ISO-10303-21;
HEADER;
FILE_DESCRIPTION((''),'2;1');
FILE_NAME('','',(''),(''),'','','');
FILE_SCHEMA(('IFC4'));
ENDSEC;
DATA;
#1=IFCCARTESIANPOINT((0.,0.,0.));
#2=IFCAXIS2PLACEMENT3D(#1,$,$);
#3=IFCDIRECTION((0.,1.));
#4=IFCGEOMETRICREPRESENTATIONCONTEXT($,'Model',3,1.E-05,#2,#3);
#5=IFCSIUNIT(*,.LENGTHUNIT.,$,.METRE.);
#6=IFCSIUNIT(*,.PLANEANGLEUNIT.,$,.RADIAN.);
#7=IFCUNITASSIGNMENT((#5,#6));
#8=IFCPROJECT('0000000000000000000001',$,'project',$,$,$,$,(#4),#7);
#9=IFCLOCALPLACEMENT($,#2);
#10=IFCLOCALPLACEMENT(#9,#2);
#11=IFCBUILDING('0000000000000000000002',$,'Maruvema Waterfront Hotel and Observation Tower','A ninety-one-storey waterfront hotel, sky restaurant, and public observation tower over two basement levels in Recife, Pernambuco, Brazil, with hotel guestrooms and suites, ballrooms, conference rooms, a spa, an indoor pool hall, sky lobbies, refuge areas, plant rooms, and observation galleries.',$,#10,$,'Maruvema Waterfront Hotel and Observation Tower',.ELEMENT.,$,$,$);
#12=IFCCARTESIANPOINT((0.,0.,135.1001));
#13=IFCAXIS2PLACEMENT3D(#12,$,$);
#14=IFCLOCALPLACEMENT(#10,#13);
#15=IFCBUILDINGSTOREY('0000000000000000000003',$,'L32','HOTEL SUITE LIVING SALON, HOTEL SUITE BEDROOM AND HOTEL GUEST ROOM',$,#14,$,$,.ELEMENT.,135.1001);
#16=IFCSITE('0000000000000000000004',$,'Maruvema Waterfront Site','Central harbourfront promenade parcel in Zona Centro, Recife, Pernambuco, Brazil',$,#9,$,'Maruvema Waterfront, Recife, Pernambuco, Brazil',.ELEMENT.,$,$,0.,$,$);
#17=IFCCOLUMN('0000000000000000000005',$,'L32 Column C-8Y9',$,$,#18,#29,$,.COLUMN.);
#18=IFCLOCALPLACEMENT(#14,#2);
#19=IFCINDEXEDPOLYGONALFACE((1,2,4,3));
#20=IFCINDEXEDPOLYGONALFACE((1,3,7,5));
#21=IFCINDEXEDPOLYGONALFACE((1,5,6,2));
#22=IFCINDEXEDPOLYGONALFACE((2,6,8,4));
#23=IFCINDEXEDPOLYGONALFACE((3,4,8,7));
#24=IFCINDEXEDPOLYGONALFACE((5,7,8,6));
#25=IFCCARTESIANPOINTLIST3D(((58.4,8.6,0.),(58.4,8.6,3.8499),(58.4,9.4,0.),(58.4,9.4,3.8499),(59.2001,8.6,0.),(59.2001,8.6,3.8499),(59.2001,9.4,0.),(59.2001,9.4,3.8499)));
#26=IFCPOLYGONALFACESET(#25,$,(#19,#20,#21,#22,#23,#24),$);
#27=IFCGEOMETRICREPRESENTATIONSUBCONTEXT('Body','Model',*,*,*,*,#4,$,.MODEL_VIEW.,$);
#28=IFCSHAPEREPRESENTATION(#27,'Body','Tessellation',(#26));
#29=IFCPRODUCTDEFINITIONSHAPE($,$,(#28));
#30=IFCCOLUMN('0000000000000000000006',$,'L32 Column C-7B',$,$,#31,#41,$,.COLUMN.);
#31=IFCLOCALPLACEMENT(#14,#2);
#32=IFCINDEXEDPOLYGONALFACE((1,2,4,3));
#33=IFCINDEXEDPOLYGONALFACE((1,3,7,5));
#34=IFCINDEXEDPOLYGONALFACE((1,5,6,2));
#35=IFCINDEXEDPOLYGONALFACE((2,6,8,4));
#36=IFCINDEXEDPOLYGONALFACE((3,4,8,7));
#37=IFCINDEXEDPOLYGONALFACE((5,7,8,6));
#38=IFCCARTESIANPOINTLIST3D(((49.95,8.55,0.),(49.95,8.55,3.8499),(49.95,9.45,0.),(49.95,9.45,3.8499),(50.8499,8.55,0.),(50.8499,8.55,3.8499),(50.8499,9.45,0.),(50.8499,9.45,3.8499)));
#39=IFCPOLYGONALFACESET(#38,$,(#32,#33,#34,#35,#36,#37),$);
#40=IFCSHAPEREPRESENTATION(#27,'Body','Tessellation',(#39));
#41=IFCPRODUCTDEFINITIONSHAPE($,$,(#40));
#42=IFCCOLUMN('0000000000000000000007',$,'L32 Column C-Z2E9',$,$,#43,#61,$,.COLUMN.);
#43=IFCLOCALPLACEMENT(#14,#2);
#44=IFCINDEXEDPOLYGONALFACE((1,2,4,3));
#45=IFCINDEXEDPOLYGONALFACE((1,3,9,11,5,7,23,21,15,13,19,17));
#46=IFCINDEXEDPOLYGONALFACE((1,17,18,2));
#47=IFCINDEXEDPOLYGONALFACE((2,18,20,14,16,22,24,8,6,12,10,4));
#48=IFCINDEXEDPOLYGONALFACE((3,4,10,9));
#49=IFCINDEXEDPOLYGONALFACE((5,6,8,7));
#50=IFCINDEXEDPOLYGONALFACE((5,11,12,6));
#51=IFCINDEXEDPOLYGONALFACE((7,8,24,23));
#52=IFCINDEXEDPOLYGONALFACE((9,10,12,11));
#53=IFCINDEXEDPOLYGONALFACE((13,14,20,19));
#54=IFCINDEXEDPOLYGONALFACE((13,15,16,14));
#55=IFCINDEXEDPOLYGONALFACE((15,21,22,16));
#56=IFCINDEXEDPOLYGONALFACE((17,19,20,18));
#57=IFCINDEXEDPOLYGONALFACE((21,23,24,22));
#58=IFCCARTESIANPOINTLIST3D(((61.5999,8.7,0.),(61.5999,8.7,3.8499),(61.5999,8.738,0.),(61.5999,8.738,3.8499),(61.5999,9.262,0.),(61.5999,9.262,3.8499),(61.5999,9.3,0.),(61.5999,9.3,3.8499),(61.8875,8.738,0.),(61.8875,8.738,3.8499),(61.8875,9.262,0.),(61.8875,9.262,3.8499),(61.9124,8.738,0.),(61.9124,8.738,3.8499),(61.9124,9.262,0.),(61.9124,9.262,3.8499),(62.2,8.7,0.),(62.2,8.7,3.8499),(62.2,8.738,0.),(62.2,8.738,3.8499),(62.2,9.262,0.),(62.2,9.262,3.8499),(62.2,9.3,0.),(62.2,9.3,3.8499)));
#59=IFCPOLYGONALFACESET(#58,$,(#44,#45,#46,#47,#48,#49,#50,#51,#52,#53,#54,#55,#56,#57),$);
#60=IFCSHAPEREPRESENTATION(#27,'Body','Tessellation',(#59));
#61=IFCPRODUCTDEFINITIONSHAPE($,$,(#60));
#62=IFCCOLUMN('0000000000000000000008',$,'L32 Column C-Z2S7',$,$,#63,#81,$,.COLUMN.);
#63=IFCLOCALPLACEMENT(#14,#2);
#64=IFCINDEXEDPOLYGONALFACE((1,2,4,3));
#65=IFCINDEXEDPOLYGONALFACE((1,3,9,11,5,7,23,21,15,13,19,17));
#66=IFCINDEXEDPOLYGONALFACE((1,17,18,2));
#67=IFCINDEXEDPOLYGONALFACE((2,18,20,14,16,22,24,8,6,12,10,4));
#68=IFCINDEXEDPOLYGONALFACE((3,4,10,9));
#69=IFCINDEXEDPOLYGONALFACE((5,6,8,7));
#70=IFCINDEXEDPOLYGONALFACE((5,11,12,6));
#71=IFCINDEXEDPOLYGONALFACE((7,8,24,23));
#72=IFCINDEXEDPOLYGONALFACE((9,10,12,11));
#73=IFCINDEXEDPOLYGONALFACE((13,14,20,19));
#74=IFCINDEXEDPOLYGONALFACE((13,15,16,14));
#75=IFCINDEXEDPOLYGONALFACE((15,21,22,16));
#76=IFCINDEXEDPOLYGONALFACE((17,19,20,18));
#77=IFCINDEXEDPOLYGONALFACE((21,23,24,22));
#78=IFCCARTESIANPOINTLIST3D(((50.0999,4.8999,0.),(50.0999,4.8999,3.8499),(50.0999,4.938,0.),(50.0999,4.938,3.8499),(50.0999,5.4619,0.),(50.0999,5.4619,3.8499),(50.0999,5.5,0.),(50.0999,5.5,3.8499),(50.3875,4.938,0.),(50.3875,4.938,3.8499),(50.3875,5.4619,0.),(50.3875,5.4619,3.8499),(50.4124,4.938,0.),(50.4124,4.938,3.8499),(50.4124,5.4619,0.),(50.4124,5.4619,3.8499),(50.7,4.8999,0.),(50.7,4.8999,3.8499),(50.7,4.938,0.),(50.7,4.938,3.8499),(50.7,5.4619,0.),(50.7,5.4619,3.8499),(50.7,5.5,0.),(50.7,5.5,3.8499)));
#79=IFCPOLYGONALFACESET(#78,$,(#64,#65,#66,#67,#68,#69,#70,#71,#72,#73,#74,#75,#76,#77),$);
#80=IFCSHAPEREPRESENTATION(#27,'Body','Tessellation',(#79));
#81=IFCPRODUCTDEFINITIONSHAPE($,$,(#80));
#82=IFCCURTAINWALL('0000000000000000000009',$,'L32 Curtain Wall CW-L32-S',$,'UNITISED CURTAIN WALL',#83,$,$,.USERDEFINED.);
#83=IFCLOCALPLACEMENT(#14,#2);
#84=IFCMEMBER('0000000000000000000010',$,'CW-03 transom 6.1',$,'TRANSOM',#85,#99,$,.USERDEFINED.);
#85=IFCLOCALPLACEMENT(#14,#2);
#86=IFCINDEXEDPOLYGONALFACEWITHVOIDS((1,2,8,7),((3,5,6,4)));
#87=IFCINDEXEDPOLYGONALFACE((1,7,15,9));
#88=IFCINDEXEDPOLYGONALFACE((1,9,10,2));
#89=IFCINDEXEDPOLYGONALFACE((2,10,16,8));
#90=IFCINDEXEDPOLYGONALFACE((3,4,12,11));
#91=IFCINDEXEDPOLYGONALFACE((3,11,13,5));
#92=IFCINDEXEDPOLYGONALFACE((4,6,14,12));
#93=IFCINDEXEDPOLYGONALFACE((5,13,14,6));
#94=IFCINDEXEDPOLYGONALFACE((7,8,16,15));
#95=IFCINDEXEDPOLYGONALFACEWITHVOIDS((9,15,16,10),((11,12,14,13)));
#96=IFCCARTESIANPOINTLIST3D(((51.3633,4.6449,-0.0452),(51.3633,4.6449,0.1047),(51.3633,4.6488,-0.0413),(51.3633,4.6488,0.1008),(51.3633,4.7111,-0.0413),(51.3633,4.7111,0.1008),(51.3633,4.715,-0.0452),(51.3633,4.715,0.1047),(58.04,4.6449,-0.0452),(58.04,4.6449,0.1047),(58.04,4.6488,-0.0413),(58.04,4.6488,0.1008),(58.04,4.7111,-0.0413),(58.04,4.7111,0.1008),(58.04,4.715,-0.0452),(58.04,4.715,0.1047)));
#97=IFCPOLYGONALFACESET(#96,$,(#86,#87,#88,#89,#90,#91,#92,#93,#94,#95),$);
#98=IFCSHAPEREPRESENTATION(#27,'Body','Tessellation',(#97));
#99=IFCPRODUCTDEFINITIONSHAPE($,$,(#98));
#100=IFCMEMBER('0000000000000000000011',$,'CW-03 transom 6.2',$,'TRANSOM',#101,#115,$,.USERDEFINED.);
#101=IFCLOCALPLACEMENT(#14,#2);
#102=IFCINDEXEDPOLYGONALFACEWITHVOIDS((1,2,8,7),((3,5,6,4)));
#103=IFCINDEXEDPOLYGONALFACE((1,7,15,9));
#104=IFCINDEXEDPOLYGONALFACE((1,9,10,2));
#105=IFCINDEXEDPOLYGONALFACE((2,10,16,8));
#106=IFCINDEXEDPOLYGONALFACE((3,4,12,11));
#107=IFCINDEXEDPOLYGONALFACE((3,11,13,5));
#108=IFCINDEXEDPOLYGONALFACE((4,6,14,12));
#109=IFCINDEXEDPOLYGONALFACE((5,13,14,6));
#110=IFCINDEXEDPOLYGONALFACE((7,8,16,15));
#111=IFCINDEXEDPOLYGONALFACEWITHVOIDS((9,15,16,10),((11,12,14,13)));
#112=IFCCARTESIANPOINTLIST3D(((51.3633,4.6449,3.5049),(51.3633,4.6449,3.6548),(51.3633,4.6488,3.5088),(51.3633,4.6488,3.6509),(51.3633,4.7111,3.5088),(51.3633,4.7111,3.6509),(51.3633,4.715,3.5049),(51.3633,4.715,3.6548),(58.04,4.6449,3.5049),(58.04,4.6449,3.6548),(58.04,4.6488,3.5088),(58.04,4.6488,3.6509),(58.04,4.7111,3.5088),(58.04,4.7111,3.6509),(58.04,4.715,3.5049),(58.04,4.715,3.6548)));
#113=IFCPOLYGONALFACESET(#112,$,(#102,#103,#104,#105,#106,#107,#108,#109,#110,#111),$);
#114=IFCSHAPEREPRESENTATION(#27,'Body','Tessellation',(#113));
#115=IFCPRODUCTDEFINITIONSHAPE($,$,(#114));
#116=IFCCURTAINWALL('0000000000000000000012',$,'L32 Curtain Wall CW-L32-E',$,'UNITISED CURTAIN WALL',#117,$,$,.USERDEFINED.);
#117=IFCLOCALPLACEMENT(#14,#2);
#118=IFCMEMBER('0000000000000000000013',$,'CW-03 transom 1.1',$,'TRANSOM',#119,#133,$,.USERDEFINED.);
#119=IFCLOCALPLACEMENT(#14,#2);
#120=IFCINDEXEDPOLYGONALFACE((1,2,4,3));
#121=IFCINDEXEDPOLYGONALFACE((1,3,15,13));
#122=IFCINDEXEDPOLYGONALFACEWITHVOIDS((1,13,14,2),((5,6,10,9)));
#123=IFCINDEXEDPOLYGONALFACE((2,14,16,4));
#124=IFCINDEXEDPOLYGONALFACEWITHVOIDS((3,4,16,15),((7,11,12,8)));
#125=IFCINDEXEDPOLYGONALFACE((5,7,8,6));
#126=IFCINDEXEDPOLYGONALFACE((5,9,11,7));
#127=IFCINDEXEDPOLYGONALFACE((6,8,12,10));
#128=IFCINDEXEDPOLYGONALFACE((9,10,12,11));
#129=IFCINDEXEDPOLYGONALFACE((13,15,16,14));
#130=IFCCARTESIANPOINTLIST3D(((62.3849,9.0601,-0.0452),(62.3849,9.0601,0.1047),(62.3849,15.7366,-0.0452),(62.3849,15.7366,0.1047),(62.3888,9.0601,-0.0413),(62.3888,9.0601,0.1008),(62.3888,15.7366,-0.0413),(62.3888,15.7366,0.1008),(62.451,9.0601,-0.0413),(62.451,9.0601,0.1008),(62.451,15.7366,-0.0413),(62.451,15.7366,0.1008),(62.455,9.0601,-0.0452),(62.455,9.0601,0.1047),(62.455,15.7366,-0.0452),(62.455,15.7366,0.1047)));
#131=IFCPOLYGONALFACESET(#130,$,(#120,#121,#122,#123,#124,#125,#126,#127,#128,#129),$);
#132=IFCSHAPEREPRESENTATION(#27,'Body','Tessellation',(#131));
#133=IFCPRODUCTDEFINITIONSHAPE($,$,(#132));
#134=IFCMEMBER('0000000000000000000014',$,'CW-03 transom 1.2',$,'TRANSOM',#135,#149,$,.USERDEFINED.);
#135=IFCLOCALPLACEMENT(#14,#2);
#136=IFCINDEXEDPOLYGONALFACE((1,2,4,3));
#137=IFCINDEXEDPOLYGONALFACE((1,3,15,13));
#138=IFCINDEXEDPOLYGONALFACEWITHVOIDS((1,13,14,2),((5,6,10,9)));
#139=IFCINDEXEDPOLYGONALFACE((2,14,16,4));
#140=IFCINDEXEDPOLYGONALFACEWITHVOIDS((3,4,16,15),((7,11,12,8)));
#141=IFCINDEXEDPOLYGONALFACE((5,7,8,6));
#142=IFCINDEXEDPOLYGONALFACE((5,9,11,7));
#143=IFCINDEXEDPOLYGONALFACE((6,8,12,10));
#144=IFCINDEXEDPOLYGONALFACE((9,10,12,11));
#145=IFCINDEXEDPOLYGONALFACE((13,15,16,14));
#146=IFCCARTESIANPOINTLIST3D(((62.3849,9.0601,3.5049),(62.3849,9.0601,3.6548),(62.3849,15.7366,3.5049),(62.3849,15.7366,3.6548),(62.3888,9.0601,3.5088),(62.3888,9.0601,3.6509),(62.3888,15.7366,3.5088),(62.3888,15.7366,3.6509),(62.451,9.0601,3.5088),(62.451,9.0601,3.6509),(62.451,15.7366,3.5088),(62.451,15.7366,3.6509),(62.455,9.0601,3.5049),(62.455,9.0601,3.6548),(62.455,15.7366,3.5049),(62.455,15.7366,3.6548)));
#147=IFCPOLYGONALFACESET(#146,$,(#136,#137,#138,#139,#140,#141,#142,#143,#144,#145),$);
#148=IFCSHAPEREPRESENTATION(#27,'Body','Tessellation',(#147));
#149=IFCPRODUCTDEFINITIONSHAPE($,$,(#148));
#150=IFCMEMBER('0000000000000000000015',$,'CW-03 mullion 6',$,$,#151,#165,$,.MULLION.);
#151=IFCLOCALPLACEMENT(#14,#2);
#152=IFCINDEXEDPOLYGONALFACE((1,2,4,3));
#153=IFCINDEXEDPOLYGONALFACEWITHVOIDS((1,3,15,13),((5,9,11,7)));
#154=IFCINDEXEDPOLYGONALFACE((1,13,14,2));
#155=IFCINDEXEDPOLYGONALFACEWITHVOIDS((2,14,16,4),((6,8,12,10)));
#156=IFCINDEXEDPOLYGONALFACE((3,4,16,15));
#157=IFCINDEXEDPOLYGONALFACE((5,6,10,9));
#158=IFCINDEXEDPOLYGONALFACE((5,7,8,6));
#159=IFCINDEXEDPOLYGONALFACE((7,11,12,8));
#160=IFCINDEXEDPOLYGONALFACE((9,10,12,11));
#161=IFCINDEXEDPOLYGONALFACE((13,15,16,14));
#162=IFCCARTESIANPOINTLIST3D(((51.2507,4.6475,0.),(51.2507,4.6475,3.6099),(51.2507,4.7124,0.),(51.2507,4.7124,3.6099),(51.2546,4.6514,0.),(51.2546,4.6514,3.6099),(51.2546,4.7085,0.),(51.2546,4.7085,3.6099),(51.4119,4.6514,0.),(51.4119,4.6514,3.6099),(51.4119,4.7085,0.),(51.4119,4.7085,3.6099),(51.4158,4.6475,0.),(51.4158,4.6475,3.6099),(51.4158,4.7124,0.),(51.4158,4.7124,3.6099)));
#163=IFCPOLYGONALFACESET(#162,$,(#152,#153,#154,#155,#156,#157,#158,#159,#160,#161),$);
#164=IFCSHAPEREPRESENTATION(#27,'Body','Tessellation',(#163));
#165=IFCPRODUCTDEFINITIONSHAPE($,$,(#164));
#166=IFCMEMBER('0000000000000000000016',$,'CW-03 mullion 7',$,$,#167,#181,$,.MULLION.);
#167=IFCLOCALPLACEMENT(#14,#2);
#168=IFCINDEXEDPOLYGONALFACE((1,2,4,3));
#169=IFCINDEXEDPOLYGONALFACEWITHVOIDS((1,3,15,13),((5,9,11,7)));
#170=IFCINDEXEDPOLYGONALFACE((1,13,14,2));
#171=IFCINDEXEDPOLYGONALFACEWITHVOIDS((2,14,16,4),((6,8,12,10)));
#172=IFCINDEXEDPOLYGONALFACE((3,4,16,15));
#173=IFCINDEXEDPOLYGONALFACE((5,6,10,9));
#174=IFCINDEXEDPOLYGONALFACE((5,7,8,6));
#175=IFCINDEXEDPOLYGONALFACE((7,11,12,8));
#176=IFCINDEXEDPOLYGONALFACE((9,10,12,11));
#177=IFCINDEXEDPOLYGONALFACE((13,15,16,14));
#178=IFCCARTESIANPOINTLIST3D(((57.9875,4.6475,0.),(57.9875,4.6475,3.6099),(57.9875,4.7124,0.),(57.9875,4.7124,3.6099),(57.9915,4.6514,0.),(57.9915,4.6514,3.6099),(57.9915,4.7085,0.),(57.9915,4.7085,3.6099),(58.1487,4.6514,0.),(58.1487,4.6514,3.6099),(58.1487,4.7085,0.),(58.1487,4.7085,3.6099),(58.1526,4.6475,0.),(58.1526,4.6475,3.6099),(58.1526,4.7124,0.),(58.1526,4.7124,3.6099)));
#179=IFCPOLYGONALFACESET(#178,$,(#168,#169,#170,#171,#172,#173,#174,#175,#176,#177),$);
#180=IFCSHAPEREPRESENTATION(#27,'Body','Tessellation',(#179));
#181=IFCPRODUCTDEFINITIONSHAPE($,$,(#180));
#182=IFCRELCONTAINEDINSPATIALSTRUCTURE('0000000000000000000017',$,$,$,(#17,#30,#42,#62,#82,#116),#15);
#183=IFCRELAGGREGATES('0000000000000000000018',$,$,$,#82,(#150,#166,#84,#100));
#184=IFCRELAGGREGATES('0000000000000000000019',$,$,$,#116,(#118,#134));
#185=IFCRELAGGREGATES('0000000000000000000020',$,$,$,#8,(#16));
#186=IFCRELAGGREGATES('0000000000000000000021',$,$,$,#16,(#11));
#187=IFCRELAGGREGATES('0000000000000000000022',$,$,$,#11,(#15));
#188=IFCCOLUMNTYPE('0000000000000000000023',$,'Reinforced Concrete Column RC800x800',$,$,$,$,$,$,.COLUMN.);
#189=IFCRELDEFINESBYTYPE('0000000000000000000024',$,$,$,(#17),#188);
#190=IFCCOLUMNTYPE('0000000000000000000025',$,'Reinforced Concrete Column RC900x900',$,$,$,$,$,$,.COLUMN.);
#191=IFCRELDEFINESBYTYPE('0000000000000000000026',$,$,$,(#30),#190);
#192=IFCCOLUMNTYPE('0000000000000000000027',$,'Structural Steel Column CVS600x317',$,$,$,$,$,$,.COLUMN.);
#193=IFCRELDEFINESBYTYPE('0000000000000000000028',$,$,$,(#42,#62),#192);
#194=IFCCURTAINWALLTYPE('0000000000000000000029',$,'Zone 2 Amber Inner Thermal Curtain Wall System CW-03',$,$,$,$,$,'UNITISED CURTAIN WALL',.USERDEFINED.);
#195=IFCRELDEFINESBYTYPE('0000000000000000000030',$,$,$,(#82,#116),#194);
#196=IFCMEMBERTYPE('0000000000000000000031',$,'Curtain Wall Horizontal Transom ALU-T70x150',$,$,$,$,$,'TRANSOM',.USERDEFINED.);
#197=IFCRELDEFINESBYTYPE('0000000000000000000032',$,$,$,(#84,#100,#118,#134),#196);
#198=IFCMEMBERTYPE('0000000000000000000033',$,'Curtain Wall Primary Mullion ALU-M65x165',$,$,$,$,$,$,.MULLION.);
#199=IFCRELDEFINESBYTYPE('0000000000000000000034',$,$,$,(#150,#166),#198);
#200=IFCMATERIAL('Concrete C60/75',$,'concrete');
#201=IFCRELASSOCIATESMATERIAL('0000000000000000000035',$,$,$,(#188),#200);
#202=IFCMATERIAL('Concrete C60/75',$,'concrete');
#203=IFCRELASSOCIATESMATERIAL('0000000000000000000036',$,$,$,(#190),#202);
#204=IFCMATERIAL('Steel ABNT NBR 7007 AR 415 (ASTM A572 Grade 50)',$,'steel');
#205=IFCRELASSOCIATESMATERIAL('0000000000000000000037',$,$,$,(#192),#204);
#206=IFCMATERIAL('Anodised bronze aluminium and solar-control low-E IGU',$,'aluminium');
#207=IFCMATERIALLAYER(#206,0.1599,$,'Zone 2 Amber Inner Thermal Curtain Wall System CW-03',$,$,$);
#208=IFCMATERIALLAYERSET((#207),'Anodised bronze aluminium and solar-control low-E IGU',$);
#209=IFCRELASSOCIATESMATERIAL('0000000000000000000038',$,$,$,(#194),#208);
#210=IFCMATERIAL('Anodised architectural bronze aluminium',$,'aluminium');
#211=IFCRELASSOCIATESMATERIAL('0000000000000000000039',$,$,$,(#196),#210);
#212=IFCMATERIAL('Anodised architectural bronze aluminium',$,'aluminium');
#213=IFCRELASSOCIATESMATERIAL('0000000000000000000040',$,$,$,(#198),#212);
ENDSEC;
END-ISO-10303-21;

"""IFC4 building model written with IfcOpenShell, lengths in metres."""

from ifc_helpers import new_model, si_unit, direction, frame, origin, origin_2d, place, context, subcontext, project, spatial, rectangle, hollow_rectangle, i_section, extrude, material, layer, layer_set, material_profile, profile_set, type_object, element, aggregate, save


model = new_model("IFC4")

# Units and contexts
model_context = context("Model", 3, precision=1e-05, world=origin(), true_north=direction((0.0, 1.0)))
body_context = subcontext(model_context, "Body", "Model", "MODEL_VIEW")
ifc_project = project(units=[si_unit("LENGTHUNIT", "METRE"), si_unit("PLANEANGLEUNIT", "RADIAN")], contexts=[model_context])

# Site, building, storey
site_placement = place(None, origin())
site = spatial("IfcSite", under=ifc_project, at=site_placement, Name="Maruvema Waterfront Site", Description="Central harbourfront promenade parcel in Zona Centro, Recife, Pernambuco, Brazil", LongName="Maruvema Waterfront, Recife, Pernambuco, Brazil", CompositionType="ELEMENT", RefElevation=0.0)
building_placement = place(site_placement, origin())
building = spatial("IfcBuilding", under=site, at=building_placement, Name="Maruvema Waterfront Hotel and Observation Tower", Description="A ninety-one-storey waterfront hotel, sky restaurant, and public observation tower over two basement levels in Recife, Pernambuco, Brazil, with hotel guestrooms and suites, ballrooms, conference rooms, a spa, an indoor pool hall, sky lobbies, refuge areas, plant rooms, and observation galleries.", LongName="Maruvema Waterfront Hotel and Observation Tower", CompositionType="ELEMENT")
storey_placement = place(building_placement, frame((0.0, 0.0, 135.1001)))
storey = spatial("IfcBuildingStorey", under=building, at=storey_placement, Name="L32", Description="HOTEL SUITE LIVING SALON, HOTEL SUITE BEDROOM AND HOTEL GUEST ROOM", CompositionType="ELEMENT", Elevation=135.1001)

# Columns
ifc_material_1 = material(Name="Concrete C60/75", Category="concrete")
ifc_material_profile_1 = material_profile(ifc_material_1, rectangle(XDim=0.8, YDim=0.8, at=origin_2d()), Name="RC800x800")
ifc_profile_set_1 = profile_set([ifc_material_profile_1], Name="Concrete C60/75")
column_type_1 = type_object("IfcColumnType", Name="Reinforced Concrete Column RC800x800", PredefinedType="COLUMN", material=ifc_profile_set_1)
column_1_placement = place(storey_placement, frame((58.8, 9.0, 0.0), z_axis=(0.0, 0.0, 1.0), x_axis=(1.0, 0.0, 0.0)))
element("IfcColumn", 1, at=column_1_placement, inside=storey, type_object=column_type_1, Name="L32 Column C-8Y9", PredefinedType="COLUMN", context=body_context, shape_type="SweptSolid", body=[
    extrude(rectangle(XDim=0.8, YDim=0.8, at=origin_2d()), origin(), (0.0, 0.0, 1.0), 3.8499),
])
ifc_material_2 = material(Name="Concrete C60/75", Category="concrete")
ifc_material_profile_2 = material_profile(ifc_material_2, rectangle(XDim=0.8999, YDim=0.8999, at=origin_2d()), Name="RC900x900")
ifc_profile_set_2 = profile_set([ifc_material_profile_2], Name="Concrete C60/75")
column_type_2 = type_object("IfcColumnType", Name="Reinforced Concrete Column RC900x900", PredefinedType="COLUMN", material=ifc_profile_set_2)
column_2_placement = place(storey_placement, frame((50.3999, 9.0, 0.0), z_axis=(0.0, 0.0, 1.0), x_axis=(1.0, 0.0, 0.0)))
element("IfcColumn", 2, at=column_2_placement, inside=storey, type_object=column_type_2, Name="L32 Column C-7B", PredefinedType="COLUMN", context=body_context, shape_type="SweptSolid", body=[
    extrude(rectangle(XDim=0.8999, YDim=0.8999, at=origin_2d()), origin(), (0.0, 0.0, 1.0), 3.8499),
])
ifc_material_3 = material(Name="Steel ABNT NBR 7007 AR 415 (ASTM A572 Grade 50)", Category="steel")
ifc_material_profile_3 = material_profile(ifc_material_3, i_section(OverallWidth=0.6001, OverallDepth=0.6001, WebThickness=0.0249, FlangeThickness=0.0381, at=origin_2d()), Name="CVS600x317")
ifc_profile_set_3 = profile_set([ifc_material_profile_3], Name="Steel ABNT NBR 7007 AR 415 (ASTM A572 Grade 50)")
column_type_3 = type_object("IfcColumnType", Name="Structural Steel Column CVS600x317", PredefinedType="COLUMN", material=ifc_profile_set_3)
for number, where, z_axis, x_axis, name in (
    (3, (61.8999, 9.0, 0.0), (0.0, 0.0, 1.0), (1.0, 0.0, 0.0), "L32 Column C-Z2E9"),
    (4, (50.3999, 5.2, 0.0), (0.0, 0.0, 1.0), (1.0, 0.0, 0.0), "L32 Column C-Z2S7"),
):
    element("IfcColumn", number, at=place(storey_placement, frame(where, z_axis=z_axis, x_axis=x_axis)), inside=storey, type_object=column_type_3, Name=name, PredefinedType="COLUMN", context=body_context, shape_type="SweptSolid", body=[
        extrude(i_section(OverallWidth=0.6001, OverallDepth=0.6001, WebThickness=0.0249, FlangeThickness=0.0381, at=origin_2d()), origin(), (0.0, 0.0, 1.0), 3.8499),
    ])

# Curtain walls, members
ifc_material_4 = material(Name="Anodised bronze aluminium and solar-control low-E IGU", Category="aluminium")
ifc_layer_1 = layer(ifc_material_4, 0.1599, Name="Zone 2 Amber Inner Thermal Curtain Wall System CW-03")
ifc_layer_set_1 = layer_set([ifc_layer_1], Name="Anodised bronze aluminium and solar-control low-E IGU")
curtain_wall_type = type_object("IfcCurtainWallType", Name="Zone 2 Amber Inner Thermal Curtain Wall System CW-03", ElementType="UNITISED CURTAIN WALL", PredefinedType="USERDEFINED", material=ifc_layer_set_1)
curtain_wall_1_placement = place(storey_placement, origin())
curtain_wall_1 = element("IfcCurtainWall", 5, at=curtain_wall_1_placement, inside=storey, type_object=curtain_wall_type, Name="L32 Curtain Wall CW-L32-S", ObjectType="UNITISED CURTAIN WALL", PredefinedType="USERDEFINED")
ifc_material_5 = material(Name="Anodised architectural bronze aluminium", Category="aluminium")
ifc_material_profile_4 = material_profile(ifc_material_5, hollow_rectangle(XDim=0.0701, YDim=0.1499, WallThickness=0.0039, at=origin_2d()), Name="ALU-T70x150")
ifc_profile_set_4 = profile_set([ifc_material_profile_4], Name="Anodised architectural bronze aluminium")
member_type_1 = type_object("IfcMemberType", Name="Curtain Wall Horizontal Transom ALU-T70x150", ElementType="TRANSOM", PredefinedType="USERDEFINED", material=ifc_profile_set_4)
member_1_placement = place(storey_placement, frame((51.3633, 4.6799, 0.0298), z_axis=(1.0, 0.0, 0.0), x_axis=(0.0, 1.0, 0.0)))
member_1 = element("IfcMember", 6, at=member_1_placement, type_object=member_type_1, Name="CW-03 transom 6.1", ObjectType="TRANSOM", PredefinedType="USERDEFINED", context=body_context, shape_type="SweptSolid", body=[
    extrude(hollow_rectangle(XDim=0.0701, YDim=0.1499, WallThickness=0.0039, at=origin_2d()), origin(), (0.0, 0.0, 1.0), 6.6768),
])
member_2_placement = place(storey_placement, frame((51.3633, 4.6799, 3.5798), z_axis=(1.0, 0.0, 0.0), x_axis=(0.0, 1.0, 0.0)))
member_2 = element("IfcMember", 7, at=member_2_placement, type_object=member_type_1, Name="CW-03 transom 6.2", ObjectType="TRANSOM", PredefinedType="USERDEFINED", context=body_context, shape_type="SweptSolid", body=[
    extrude(hollow_rectangle(XDim=0.0701, YDim=0.1499, WallThickness=0.0039, at=origin_2d()), origin(), (0.0, 0.0, 1.0), 6.6768),
])
curtain_wall_2_placement = place(storey_placement, origin())
curtain_wall_2 = element("IfcCurtainWall", 8, at=curtain_wall_2_placement, inside=storey, type_object=curtain_wall_type, Name="L32 Curtain Wall CW-L32-E", ObjectType="UNITISED CURTAIN WALL", PredefinedType="USERDEFINED")
member_3_placement = place(storey_placement, frame((62.4199, 9.0601, 0.0298), z_axis=(0.0, 1.0, 0.0), x_axis=(-1.0, 0.0, 0.0)))
member_3 = element("IfcMember", 9, at=member_3_placement, type_object=member_type_1, Name="CW-03 transom 1.1", ObjectType="TRANSOM", PredefinedType="USERDEFINED", context=body_context, shape_type="SweptSolid", body=[
    extrude(hollow_rectangle(XDim=0.0701, YDim=0.1499, WallThickness=0.0039, at=origin_2d()), origin(), (0.0, 0.0, 1.0), 6.6765),
])
member_4_placement = place(storey_placement, frame((62.4199, 9.0601, 3.5798), z_axis=(0.0, 1.0, 0.0), x_axis=(-1.0, 0.0, 0.0)))
member_4 = element("IfcMember", 10, at=member_4_placement, type_object=member_type_1, Name="CW-03 transom 1.2", ObjectType="TRANSOM", PredefinedType="USERDEFINED", context=body_context, shape_type="SweptSolid", body=[
    extrude(hollow_rectangle(XDim=0.0701, YDim=0.1499, WallThickness=0.0039, at=origin_2d()), origin(), (0.0, 0.0, 1.0), 6.6765),
])

# Members
ifc_material_6 = material(Name="Anodised architectural bronze aluminium", Category="aluminium")
ifc_material_profile_5 = material_profile(ifc_material_6, hollow_rectangle(XDim=0.0649, YDim=0.165, WallThickness=0.0039, at=origin_2d()), Name="ALU-M65x165")
ifc_profile_set_5 = profile_set([ifc_material_profile_5], Name="Anodised architectural bronze aluminium")
member_type_2 = type_object("IfcMemberType", Name="Curtain Wall Primary Mullion ALU-M65x165", PredefinedType="MULLION", material=ifc_profile_set_5)
member_5_placement = place(storey_placement, frame((51.3333, 4.6799, 0.0), z_axis=(0.0, 0.0, 1.0), x_axis=(0.0, 1.0, 0.0)))
member_5 = element("IfcMember", 11, at=member_5_placement, type_object=member_type_2, Name="CW-03 mullion 6", PredefinedType="MULLION", context=body_context, shape_type="SweptSolid", body=[
    extrude(hollow_rectangle(XDim=0.0649, YDim=0.165, WallThickness=0.0039, at=origin_2d()), origin(), (0.0, 0.0, 1.0), 3.6099),
])
member_6_placement = place(storey_placement, frame((58.0701, 4.6799, 0.0), z_axis=(0.0, 0.0, 1.0), x_axis=(0.0, 1.0, 0.0)))
member_6 = element("IfcMember", 12, at=member_6_placement, type_object=member_type_2, Name="CW-03 mullion 7", PredefinedType="MULLION", context=body_context, shape_type="SweptSolid", body=[
    extrude(hollow_rectangle(XDim=0.0649, YDim=0.165, WallThickness=0.0039, at=origin_2d()), origin(), (0.0, 0.0, 1.0), 3.6099),
])

aggregate(curtain_wall_1, [member_5, member_6, member_1, member_2])
aggregate(curtain_wall_2, [member_3, member_4])

save(model, "model.ifc")
